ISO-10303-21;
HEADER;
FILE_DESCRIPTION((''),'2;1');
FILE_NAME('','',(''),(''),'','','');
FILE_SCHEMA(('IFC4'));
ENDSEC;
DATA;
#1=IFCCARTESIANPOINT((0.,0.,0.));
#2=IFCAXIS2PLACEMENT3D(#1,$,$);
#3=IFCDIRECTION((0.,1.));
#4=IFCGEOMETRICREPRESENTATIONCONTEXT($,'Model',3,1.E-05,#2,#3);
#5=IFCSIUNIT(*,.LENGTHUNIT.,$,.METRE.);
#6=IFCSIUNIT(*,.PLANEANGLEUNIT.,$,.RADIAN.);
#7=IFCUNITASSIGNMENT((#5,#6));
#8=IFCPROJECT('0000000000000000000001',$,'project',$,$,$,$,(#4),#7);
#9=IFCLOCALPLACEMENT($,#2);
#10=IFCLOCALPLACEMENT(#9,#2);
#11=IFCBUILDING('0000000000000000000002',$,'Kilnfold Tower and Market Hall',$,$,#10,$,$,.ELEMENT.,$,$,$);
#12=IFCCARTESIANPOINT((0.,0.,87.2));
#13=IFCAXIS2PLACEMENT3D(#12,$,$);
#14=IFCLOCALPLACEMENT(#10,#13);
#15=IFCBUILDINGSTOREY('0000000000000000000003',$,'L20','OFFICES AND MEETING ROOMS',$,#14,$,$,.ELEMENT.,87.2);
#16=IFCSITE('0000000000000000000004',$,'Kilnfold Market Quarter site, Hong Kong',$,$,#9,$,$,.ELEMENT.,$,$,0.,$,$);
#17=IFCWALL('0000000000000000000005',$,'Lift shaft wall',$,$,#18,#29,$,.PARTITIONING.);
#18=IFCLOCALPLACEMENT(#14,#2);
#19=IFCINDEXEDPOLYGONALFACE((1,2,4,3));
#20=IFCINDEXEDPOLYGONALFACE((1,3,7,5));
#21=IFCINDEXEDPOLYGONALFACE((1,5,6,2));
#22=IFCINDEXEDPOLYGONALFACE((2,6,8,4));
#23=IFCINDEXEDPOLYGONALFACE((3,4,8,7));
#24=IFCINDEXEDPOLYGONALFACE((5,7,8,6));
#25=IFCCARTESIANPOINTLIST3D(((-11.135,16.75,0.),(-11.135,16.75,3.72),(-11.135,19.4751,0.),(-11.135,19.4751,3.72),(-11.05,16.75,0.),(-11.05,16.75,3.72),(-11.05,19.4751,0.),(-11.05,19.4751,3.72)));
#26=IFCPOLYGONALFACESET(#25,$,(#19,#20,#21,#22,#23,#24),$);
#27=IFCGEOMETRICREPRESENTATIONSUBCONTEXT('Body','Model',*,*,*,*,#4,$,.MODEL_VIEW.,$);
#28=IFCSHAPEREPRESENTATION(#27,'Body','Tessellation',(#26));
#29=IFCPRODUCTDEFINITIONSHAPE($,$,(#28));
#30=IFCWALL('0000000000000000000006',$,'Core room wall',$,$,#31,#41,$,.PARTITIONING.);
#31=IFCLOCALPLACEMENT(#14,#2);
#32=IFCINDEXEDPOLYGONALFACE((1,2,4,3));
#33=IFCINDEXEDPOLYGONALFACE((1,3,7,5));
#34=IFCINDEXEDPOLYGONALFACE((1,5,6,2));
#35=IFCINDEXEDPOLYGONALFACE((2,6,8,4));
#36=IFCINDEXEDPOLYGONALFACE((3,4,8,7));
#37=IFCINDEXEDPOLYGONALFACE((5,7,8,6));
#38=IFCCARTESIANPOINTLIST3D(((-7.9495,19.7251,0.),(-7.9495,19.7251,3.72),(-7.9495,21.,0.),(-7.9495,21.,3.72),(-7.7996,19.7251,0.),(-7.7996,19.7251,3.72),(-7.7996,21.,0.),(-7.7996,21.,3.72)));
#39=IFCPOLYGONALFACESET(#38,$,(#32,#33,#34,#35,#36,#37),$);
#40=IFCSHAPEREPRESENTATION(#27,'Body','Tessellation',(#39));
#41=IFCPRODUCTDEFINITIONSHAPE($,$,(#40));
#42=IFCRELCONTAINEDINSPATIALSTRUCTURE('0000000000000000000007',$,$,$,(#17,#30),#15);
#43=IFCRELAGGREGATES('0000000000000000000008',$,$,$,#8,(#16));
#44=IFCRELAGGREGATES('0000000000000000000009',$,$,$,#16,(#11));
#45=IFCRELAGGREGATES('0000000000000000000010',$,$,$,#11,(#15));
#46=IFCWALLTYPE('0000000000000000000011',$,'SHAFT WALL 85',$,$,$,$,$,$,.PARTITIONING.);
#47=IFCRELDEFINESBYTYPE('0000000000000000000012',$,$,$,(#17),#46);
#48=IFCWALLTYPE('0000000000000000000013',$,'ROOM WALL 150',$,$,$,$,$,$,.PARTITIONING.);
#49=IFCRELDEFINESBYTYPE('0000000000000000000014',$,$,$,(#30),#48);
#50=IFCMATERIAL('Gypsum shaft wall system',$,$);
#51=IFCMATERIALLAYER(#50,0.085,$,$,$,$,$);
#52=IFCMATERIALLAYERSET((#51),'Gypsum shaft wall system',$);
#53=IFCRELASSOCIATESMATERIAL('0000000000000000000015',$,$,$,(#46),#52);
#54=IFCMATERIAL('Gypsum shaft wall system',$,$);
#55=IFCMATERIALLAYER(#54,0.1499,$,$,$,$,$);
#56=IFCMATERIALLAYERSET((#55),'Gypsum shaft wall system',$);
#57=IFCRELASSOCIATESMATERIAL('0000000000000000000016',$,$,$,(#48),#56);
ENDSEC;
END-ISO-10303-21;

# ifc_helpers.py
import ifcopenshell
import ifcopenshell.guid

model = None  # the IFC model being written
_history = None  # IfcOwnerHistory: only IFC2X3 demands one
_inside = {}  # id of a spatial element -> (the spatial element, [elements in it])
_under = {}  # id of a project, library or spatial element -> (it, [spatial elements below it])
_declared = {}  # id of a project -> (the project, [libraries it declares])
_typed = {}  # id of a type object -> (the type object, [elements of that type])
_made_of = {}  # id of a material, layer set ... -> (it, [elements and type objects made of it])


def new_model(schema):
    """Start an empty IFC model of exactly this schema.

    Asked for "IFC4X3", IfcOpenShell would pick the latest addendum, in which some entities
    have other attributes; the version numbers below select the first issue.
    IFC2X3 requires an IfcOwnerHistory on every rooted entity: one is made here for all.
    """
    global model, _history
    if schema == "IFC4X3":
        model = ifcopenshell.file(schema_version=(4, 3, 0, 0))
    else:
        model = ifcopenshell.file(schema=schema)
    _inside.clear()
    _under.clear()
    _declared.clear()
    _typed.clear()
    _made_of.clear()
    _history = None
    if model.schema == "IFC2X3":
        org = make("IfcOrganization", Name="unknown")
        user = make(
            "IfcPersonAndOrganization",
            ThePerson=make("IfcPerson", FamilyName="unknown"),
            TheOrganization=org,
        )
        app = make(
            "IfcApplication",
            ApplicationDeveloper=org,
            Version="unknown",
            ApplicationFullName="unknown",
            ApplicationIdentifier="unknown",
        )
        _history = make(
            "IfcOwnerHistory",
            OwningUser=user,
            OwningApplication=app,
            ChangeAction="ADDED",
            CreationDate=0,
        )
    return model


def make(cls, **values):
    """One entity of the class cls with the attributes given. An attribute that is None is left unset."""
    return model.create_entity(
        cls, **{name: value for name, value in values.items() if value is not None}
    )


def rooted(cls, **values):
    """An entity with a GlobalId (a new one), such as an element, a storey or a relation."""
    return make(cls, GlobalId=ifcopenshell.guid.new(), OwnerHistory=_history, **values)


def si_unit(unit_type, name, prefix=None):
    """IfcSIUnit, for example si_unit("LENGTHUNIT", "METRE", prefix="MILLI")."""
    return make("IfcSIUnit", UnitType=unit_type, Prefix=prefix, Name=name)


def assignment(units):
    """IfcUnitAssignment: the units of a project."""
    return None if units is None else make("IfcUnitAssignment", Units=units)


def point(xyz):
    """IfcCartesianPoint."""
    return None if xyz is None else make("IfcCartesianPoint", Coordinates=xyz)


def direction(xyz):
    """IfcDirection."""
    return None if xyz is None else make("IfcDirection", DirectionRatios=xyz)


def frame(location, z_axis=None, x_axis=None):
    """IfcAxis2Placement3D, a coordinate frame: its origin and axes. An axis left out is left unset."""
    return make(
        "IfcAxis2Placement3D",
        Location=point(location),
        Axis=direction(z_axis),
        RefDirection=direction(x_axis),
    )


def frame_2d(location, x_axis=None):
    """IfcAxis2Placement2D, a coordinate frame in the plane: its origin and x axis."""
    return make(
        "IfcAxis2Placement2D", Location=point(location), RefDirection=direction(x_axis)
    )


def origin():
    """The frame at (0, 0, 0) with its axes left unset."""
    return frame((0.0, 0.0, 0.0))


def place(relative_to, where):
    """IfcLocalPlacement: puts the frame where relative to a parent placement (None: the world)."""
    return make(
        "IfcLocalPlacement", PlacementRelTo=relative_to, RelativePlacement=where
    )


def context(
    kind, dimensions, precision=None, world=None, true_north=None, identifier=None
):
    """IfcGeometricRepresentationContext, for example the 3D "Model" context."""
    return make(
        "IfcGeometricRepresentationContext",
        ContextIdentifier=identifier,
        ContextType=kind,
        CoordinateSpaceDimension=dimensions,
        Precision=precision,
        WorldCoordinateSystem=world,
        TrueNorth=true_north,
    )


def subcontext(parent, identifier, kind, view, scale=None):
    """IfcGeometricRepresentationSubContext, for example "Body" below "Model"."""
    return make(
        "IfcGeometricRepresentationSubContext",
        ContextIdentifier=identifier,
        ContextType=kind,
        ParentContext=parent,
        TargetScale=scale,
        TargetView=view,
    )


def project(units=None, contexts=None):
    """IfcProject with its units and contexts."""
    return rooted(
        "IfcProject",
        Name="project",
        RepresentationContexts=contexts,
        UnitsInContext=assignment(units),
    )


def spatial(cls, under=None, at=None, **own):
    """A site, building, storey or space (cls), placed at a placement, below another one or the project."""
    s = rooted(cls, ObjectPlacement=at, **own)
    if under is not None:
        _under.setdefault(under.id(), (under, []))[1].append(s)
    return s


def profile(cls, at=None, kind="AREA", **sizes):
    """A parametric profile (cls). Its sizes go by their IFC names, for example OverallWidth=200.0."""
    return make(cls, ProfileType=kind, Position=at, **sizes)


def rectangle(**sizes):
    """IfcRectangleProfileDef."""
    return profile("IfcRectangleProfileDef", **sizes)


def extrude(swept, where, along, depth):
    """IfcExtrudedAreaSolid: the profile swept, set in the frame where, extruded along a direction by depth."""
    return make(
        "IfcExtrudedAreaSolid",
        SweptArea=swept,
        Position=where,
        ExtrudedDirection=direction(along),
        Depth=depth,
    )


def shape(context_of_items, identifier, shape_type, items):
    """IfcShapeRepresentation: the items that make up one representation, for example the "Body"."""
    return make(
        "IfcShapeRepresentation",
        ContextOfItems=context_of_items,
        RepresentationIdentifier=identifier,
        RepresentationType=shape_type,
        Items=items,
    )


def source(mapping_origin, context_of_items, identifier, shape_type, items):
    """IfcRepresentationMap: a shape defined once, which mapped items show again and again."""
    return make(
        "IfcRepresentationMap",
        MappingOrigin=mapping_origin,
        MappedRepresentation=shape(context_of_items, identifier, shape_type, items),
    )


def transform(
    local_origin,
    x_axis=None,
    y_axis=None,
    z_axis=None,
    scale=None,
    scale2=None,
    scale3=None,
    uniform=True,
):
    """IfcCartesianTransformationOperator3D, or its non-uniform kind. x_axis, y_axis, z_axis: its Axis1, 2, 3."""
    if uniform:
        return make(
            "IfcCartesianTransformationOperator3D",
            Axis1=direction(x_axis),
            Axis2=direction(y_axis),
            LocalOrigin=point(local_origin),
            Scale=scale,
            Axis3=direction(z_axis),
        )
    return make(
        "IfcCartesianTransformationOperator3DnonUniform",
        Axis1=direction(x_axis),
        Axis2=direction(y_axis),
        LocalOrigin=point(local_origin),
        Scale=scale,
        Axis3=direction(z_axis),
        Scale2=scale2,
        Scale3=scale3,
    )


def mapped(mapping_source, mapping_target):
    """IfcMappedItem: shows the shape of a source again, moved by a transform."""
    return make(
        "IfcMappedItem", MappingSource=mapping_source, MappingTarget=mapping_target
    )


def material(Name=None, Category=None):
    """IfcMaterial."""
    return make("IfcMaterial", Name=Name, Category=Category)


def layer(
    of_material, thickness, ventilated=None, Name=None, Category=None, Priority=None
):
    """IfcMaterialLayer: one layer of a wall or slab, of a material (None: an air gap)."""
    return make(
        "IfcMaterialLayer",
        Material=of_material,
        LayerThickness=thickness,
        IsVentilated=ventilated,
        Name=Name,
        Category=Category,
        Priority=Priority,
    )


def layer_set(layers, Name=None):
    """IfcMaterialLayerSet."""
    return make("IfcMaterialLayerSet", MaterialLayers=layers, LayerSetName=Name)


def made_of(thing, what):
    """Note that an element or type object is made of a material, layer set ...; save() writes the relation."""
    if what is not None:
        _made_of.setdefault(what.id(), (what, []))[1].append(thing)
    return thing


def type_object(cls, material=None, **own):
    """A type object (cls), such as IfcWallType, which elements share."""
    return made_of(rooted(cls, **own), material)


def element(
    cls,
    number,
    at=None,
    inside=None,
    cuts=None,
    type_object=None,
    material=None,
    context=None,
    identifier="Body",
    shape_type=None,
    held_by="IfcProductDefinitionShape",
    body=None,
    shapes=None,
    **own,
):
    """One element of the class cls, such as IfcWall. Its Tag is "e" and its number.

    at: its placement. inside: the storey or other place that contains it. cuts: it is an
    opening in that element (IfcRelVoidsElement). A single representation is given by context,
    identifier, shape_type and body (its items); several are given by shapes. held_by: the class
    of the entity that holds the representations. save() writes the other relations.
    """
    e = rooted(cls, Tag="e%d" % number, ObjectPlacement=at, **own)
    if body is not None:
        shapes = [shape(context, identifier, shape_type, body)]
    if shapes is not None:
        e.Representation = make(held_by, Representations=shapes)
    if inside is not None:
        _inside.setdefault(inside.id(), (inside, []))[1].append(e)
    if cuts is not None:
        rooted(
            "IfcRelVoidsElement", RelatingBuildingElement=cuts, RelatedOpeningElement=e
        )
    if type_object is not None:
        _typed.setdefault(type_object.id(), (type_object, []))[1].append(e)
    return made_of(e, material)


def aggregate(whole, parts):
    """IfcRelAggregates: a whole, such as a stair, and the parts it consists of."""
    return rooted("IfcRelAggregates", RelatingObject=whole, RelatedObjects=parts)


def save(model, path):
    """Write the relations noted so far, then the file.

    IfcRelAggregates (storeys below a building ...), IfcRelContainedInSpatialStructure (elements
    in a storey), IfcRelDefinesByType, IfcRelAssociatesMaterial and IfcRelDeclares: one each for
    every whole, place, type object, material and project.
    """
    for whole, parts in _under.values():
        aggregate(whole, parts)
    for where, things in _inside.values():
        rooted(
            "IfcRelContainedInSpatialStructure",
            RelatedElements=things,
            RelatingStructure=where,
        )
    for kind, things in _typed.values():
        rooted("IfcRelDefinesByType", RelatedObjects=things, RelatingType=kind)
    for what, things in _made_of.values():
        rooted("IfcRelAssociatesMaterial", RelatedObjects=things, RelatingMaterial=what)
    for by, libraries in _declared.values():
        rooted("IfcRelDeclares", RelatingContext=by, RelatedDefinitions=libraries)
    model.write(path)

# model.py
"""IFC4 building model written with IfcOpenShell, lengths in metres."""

from ifc_helpers import new_model, si_unit, direction, frame, frame_2d, origin, place, context, subcontext, project, spatial, rectangle, extrude, source, transform, mapped, material, layer, layer_set, type_object, element, save


model = new_model("IFC4")

# Units and contexts
model_context = context("Model", 3, precision=1e-05, world=origin(), true_north=direction((0.0, 1.0)))
body_context = subcontext(model_context, "Body", "Model", "MODEL_VIEW")
ifc_project = project(units=[si_unit("LENGTHUNIT", "METRE"), si_unit("PLANEANGLEUNIT", "RADIAN")], contexts=[model_context])

# Site, building, storey
site_placement = place(None, origin())
site = spatial("IfcSite", under=ifc_project, at=site_placement, Name="Kilnfold Market Quarter site, Hong Kong", CompositionType="ELEMENT", RefElevation=0.0)
building_placement = place(site_placement, origin())
building = spatial("IfcBuilding", under=site, at=building_placement, Name="Kilnfold Tower and Market Hall", CompositionType="ELEMENT")
storey_placement = place(building_placement, frame((0.0, 0.0, 87.2)))
storey = spatial("IfcBuildingStorey", under=building, at=storey_placement, Name="L20", Description="OFFICES AND MEETING ROOMS", CompositionType="ELEMENT", Elevation=87.2)

# Walls
ifc_material_1 = material(Name="Gypsum shaft wall system")
ifc_layer_1 = layer(ifc_material_1, 0.085)
ifc_layer_set_1 = layer_set([ifc_layer_1], Name="Gypsum shaft wall system")
wall_type_1 = type_object("IfcWallType", Name="SHAFT WALL 85", PredefinedType="PARTITIONING", material=ifc_layer_set_1)
shared_shape_1 = source(origin(), body_context, "Body", "SweptSolid", [
    extrude(rectangle(XDim=2.7251, YDim=0.085, at=frame_2d((1.3625, 0.0))), origin(), (0.0, 0.0, 1.0), 3.72),
])
wall_1_placement = place(storey_placement, frame((-11.0925, 16.75, 0.0), z_axis=(0.0, 0.0, 1.0), x_axis=(0.0, 1.0, 0.0)))
element("IfcWall", 1, at=wall_1_placement, inside=storey, type_object=wall_type_1, Name="Lift shaft wall", PredefinedType="PARTITIONING", context=body_context, shape_type="MappedRepresentation", body=[
    mapped(shared_shape_1, transform((0.0, 0.0, 0.0))),
])
ifc_material_2 = material(Name="Gypsum shaft wall system")
ifc_layer_2 = layer(ifc_material_2, 0.1499)
ifc_layer_set_2 = layer_set([ifc_layer_2], Name="Gypsum shaft wall system")
wall_type_2 = type_object("IfcWallType", Name="ROOM WALL 150", PredefinedType="PARTITIONING", material=ifc_layer_set_2)
shared_shape_2 = source(origin(), body_context, "Body", "SweptSolid", [
    extrude(rectangle(XDim=1.2749, YDim=0.1499, at=frame_2d((0.6375, 0.0))), origin(), (0.0, 0.0, 1.0), 3.72),
])
wall_2_placement = place(storey_placement, frame((-7.8745, 19.7251, 0.0), z_axis=(0.0, 0.0, 1.0), x_axis=(0.0, 1.0, 0.0)))
element("IfcWall", 2, at=wall_2_placement, inside=storey, type_object=wall_type_2, Name="Core room wall", PredefinedType="PARTITIONING", context=body_context, shape_type="MappedRepresentation", body=[
    mapped(shared_shape_2, transform((0.0, 0.0, 0.0))),
])

save(model, "model.ifc")
